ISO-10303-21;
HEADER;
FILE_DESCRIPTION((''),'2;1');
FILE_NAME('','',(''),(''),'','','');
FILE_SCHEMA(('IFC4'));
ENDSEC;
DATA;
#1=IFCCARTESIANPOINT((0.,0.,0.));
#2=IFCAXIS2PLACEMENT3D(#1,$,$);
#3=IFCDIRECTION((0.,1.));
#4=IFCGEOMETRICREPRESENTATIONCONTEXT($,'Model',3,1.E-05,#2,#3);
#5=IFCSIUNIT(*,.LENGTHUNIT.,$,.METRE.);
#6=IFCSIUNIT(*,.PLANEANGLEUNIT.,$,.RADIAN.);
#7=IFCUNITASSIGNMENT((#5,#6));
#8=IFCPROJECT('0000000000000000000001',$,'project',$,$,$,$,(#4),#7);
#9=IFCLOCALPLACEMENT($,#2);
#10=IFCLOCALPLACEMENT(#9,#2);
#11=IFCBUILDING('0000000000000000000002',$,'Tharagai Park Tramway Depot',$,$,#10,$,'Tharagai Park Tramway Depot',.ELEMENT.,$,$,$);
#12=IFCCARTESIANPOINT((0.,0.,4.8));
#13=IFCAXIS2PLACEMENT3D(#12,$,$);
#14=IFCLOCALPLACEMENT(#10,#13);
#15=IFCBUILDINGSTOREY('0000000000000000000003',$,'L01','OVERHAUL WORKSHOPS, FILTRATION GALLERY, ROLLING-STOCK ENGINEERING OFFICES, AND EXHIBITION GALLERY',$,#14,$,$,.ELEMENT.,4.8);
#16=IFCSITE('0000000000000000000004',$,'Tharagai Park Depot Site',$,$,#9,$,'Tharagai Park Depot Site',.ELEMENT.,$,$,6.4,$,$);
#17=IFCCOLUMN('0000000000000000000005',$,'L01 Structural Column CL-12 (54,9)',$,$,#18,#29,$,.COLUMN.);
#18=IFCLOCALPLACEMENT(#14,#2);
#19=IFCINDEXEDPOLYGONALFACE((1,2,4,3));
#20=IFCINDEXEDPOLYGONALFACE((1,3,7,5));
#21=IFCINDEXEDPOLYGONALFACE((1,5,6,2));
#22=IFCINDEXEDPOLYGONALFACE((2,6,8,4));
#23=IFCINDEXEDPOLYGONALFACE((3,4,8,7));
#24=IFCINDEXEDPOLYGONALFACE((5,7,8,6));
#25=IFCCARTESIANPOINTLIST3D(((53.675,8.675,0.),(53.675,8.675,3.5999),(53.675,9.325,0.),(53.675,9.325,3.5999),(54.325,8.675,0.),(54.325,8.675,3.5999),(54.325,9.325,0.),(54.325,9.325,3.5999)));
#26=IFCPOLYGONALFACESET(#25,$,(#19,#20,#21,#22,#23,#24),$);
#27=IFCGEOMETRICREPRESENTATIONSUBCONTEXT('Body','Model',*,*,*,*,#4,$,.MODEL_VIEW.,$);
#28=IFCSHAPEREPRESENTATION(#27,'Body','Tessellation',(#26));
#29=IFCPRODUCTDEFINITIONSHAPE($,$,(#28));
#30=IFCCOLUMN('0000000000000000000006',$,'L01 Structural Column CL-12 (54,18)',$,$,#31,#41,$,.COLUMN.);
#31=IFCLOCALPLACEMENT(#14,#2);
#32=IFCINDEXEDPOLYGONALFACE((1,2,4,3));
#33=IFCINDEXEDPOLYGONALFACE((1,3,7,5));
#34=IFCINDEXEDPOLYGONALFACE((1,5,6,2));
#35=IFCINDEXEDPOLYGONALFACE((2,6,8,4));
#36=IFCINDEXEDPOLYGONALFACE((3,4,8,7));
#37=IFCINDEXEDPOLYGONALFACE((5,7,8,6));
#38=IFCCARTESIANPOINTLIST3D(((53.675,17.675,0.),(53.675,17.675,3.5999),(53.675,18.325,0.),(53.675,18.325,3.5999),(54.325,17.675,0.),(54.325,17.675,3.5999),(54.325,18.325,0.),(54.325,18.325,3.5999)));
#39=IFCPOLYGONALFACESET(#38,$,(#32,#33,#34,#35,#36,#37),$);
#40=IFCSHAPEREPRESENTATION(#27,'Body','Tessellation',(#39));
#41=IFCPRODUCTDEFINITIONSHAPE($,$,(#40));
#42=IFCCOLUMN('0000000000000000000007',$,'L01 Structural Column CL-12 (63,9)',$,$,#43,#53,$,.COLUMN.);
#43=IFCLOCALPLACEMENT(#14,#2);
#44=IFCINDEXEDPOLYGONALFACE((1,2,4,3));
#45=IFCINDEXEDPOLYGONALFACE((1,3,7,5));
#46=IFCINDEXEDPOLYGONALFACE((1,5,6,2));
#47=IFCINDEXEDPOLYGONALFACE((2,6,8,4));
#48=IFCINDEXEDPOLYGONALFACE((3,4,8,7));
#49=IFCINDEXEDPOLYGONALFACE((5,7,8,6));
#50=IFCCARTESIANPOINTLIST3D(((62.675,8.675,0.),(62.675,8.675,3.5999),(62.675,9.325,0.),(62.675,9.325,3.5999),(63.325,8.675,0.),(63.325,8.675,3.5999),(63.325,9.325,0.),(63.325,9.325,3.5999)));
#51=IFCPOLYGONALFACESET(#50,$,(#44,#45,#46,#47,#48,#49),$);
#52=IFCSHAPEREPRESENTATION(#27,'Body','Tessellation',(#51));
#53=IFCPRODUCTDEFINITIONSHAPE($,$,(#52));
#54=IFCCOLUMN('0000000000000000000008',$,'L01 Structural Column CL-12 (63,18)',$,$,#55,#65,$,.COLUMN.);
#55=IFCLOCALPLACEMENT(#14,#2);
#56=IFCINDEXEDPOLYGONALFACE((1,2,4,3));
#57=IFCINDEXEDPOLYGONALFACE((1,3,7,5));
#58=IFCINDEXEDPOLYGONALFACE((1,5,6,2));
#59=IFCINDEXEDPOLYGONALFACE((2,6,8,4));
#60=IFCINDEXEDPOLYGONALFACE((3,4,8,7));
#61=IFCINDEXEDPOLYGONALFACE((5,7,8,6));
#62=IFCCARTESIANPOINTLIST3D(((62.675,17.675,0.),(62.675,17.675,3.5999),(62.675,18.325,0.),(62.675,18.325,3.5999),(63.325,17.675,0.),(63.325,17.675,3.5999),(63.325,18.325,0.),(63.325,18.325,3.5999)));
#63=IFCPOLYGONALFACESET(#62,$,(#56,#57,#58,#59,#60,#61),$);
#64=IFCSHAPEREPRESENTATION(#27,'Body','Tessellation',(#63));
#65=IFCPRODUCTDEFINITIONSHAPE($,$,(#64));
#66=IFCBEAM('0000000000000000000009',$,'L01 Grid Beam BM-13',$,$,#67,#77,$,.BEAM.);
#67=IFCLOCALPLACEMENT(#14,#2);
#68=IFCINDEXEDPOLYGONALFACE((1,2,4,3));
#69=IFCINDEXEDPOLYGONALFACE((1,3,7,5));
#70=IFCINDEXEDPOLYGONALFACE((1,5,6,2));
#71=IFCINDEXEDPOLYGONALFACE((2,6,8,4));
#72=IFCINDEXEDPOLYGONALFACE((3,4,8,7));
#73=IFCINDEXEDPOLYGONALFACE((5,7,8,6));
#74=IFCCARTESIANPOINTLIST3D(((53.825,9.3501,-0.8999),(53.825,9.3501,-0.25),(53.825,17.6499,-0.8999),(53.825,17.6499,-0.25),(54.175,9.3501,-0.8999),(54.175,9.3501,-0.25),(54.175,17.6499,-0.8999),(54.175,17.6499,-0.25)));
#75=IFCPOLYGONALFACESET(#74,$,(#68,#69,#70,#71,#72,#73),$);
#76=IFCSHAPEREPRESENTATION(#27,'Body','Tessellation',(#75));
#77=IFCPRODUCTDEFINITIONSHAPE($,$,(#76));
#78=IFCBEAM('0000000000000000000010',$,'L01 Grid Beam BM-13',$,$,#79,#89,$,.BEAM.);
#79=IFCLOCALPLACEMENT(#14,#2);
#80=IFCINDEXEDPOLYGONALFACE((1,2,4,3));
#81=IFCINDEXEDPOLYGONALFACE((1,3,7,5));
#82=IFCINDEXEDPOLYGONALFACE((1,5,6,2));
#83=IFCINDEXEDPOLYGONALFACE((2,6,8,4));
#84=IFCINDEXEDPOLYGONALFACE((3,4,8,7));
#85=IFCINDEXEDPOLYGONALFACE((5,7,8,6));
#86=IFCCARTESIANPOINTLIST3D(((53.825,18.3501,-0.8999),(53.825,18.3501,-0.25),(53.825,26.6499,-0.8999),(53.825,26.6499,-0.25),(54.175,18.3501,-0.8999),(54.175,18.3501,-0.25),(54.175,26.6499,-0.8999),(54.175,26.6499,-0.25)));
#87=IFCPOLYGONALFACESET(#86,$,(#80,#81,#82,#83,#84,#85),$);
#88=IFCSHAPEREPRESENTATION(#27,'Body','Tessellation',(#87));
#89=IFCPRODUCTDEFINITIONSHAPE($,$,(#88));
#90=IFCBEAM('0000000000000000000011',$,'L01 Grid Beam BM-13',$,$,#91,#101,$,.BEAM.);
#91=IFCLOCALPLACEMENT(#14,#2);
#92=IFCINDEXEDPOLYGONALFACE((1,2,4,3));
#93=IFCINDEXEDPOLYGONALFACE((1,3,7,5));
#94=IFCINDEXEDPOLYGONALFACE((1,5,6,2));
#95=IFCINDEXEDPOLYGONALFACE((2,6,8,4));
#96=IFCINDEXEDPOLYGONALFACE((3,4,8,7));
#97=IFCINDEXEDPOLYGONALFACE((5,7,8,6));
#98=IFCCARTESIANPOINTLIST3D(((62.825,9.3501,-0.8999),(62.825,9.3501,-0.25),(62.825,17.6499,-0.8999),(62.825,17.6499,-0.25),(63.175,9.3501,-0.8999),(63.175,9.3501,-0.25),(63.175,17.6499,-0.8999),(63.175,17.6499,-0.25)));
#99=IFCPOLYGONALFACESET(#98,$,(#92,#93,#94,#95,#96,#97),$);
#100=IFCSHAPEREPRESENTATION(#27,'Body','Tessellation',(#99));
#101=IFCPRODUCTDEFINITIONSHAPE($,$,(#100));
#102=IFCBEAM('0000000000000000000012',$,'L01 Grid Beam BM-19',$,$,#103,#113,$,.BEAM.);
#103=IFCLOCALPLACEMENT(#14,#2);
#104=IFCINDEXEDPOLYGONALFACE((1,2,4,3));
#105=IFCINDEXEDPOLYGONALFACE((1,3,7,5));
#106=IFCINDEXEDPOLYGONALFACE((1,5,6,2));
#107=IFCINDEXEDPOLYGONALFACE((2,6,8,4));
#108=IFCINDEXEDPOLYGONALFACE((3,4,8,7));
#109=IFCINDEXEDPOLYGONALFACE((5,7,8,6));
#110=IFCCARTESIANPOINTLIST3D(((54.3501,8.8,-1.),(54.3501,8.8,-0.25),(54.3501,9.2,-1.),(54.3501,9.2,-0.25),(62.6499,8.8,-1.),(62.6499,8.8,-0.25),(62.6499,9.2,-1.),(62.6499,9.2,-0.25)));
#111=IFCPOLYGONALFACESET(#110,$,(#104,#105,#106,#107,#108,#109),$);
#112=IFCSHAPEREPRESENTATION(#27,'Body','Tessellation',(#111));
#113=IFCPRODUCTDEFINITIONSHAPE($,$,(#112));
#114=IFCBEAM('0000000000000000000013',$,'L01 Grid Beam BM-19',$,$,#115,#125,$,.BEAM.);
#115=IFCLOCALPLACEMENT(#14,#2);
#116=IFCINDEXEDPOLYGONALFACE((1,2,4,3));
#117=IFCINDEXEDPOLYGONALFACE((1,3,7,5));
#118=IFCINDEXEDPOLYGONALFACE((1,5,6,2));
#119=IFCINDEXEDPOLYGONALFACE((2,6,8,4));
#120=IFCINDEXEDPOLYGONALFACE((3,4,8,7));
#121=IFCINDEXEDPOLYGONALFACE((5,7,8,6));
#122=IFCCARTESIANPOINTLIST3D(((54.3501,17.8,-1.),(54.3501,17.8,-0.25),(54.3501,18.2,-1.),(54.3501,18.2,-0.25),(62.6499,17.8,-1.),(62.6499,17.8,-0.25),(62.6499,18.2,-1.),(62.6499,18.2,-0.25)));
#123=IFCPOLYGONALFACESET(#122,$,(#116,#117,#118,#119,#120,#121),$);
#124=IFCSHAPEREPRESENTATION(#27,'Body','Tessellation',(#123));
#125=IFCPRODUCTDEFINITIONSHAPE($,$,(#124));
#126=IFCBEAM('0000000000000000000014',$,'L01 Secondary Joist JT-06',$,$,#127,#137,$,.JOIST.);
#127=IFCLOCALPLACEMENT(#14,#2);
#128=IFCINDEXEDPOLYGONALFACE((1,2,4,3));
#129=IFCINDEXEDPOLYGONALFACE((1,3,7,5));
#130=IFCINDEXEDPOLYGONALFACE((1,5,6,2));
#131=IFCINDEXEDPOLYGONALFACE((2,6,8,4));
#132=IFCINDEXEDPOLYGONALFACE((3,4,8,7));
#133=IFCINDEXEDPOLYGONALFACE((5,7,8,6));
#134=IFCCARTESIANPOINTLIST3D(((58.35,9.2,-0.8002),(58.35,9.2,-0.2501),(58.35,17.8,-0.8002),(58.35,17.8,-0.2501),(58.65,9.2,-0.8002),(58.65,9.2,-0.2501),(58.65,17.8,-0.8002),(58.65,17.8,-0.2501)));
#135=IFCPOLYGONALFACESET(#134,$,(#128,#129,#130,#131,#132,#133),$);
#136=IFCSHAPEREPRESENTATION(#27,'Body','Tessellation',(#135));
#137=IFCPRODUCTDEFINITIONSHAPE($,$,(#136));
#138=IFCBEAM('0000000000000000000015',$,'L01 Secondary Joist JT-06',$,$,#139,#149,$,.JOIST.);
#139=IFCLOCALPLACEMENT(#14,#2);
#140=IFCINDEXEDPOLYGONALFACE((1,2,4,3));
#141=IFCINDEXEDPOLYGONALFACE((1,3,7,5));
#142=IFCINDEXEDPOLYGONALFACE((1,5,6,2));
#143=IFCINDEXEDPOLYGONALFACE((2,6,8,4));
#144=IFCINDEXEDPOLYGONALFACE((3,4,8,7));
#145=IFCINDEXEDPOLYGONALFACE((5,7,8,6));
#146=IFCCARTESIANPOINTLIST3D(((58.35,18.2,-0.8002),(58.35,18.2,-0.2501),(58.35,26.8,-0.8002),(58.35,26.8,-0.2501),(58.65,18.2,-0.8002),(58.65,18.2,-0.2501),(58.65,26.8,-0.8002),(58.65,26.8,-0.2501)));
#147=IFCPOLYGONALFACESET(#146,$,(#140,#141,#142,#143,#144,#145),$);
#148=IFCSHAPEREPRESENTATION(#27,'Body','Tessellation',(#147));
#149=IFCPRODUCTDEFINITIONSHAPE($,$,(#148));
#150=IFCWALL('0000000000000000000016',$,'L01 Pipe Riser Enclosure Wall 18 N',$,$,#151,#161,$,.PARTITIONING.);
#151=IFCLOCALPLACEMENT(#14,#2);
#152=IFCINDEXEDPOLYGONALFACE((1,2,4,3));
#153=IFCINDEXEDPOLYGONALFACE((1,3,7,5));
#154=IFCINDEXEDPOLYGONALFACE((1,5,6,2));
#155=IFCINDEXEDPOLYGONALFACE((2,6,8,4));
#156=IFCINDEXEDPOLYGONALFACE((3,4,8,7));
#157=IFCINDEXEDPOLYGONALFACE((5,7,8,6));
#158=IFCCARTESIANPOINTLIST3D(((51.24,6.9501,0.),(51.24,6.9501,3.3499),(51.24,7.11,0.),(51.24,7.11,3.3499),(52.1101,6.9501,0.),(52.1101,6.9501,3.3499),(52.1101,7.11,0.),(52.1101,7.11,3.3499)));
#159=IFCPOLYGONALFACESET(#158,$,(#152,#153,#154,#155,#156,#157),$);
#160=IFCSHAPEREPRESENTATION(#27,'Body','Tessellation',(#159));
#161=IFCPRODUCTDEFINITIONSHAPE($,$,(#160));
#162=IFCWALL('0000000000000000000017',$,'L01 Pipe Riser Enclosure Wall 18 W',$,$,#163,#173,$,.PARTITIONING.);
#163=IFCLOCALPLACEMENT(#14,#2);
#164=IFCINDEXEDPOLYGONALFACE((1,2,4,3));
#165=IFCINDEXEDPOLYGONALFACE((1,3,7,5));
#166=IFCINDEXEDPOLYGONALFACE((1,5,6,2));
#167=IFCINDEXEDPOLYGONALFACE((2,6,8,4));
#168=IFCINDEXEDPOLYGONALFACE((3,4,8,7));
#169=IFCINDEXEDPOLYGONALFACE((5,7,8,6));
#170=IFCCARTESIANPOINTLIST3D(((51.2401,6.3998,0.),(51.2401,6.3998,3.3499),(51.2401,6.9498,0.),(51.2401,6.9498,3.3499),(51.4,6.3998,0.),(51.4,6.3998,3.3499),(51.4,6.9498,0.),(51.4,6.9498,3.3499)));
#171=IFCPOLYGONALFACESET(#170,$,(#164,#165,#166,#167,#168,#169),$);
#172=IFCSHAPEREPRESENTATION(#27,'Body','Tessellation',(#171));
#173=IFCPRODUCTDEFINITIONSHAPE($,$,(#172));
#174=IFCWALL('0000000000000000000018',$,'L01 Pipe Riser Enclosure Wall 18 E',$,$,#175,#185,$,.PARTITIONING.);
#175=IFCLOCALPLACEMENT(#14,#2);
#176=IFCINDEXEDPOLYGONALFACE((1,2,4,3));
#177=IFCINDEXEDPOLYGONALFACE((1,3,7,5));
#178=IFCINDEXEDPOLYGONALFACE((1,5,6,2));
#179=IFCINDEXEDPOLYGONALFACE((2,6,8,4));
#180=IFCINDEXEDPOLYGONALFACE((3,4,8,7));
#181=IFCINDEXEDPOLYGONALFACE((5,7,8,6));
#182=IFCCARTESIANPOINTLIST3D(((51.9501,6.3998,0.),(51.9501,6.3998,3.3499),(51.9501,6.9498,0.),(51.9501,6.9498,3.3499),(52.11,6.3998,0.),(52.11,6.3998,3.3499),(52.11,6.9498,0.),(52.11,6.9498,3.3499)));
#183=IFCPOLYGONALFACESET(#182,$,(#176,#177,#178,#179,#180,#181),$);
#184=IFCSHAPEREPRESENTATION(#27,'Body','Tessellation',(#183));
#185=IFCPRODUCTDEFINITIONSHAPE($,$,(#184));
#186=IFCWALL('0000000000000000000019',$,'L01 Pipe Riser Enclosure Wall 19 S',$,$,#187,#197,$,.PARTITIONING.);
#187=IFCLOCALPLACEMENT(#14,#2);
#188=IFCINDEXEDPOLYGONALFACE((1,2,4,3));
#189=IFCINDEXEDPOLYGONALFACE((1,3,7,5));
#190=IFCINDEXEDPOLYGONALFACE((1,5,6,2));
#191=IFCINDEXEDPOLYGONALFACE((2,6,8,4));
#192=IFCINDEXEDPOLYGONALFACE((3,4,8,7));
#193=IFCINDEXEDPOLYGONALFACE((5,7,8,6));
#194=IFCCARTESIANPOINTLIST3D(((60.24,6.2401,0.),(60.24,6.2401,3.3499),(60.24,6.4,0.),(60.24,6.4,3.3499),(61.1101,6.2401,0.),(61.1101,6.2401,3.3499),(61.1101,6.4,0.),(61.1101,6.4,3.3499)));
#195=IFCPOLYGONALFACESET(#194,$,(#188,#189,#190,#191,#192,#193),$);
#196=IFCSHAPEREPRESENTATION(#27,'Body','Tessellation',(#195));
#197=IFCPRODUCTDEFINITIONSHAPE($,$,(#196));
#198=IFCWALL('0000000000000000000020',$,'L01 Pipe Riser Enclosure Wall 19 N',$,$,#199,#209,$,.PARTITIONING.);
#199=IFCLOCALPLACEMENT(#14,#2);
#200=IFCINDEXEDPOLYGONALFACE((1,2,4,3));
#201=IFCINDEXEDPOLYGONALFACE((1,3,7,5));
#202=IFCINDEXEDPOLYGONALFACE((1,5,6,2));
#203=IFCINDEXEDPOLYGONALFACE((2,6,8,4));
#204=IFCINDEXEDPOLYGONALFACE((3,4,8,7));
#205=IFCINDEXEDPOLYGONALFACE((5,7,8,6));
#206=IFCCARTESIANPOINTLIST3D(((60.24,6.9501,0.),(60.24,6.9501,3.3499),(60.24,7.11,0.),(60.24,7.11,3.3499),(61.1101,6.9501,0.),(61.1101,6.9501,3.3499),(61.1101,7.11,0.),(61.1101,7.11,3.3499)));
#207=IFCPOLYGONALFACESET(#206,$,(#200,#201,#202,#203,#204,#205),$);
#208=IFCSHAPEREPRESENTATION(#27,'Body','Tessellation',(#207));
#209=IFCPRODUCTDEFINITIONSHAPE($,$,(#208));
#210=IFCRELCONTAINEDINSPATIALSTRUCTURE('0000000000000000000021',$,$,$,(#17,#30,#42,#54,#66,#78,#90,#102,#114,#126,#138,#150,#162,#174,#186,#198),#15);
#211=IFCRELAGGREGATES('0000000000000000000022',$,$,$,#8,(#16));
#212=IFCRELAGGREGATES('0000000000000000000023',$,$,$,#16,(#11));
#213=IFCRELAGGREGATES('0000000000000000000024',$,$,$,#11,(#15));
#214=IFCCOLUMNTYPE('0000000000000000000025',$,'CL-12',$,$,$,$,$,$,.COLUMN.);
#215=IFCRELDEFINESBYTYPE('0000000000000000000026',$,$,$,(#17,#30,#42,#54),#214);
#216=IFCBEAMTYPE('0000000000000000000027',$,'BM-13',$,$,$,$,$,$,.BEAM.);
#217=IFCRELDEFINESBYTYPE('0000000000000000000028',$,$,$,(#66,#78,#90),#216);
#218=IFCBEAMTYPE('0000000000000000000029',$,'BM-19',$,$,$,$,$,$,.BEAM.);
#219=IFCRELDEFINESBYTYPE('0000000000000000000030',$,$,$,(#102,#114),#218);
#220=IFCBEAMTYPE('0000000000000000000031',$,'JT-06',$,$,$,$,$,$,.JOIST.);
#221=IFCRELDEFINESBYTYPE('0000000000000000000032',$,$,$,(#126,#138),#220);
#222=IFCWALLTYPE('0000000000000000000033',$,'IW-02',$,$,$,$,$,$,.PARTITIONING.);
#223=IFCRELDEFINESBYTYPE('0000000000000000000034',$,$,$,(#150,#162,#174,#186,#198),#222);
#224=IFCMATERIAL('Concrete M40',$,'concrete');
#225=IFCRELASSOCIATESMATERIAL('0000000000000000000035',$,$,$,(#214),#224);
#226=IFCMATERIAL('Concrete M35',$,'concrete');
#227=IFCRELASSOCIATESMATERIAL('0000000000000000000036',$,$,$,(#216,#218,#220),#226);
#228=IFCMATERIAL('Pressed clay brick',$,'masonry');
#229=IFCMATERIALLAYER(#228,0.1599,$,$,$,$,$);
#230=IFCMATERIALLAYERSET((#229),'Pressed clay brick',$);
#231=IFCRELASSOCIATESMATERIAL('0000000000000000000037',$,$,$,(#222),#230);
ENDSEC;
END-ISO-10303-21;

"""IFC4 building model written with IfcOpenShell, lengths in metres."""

from ifc_helpers import new_model, si_unit, direction, frame, frame_2d, origin, origin_2d, place, context, subcontext, project, spatial, rectangle, extrude, material, layer, layer_set, material_profile, profile_set, type_object, element, save


model = new_model("IFC4")

# Units and contexts
model_context = context("Model", 3, precision=1e-05, world=origin(), true_north=direction((0.0, 1.0)))
body_context = subcontext(model_context, "Body", "Model", "MODEL_VIEW")
ifc_project = project(units=[si_unit("LENGTHUNIT", "METRE"), si_unit("PLANEANGLEUNIT", "RADIAN")], contexts=[model_context])

# Site, building, storey
site_placement = place(None, origin())
site = spatial("IfcSite", under=ifc_project, at=site_placement, Name="Tharagai Park Depot Site", LongName="Tharagai Park Depot Site", CompositionType="ELEMENT", RefElevation=6.4)
building_placement = place(site_placement, origin())
building = spatial("IfcBuilding", under=site, at=building_placement, Name="Tharagai Park Tramway Depot", LongName="Tharagai Park Tramway Depot", CompositionType="ELEMENT")
storey_placement = place(building_placement, frame((0.0, 0.0, 4.8)))
storey = spatial("IfcBuildingStorey", under=building, at=storey_placement, Name="L01", Description="OVERHAUL WORKSHOPS, FILTRATION GALLERY, ROLLING-STOCK ENGINEERING OFFICES, AND EXHIBITION GALLERY", CompositionType="ELEMENT", Elevation=4.8)

# Columns
ifc_material_1 = material(Name="Concrete M40", Category="concrete")
ifc_material_profile_1 = material_profile(ifc_material_1, rectangle(XDim=0.6499, YDim=0.6499, at=origin_2d()), Name="RC 650x650")
ifc_profile_set_1 = profile_set([ifc_material_profile_1], Name="Concrete M40")
column_type = type_object("IfcColumnType", Name="CL-12", PredefinedType="COLUMN", material=ifc_profile_set_1)
for number, where, z_axis, x_axis, name in (
    (1, (54.0, 9.0, 0.0), (0.0, 0.0, 1.0), (1.0, 0.0, 0.0), "L01 Structural Column CL-12 (54,9)"),
    (2, (54.0, 18.0, 0.0), (0.0, 0.0, 1.0), (1.0, 0.0, 0.0), "L01 Structural Column CL-12 (54,18)"),
    (3, (63.0, 9.0, 0.0), (0.0, 0.0, 1.0), (1.0, 0.0, 0.0), "L01 Structural Column CL-12 (63,9)"),
    (4, (63.0, 18.0, 0.0), (0.0, 0.0, 1.0), (1.0, 0.0, 0.0), "L01 Structural Column CL-12 (63,18)"),
):
    element("IfcColumn", number, at=place(storey_placement, frame(where, z_axis=z_axis, x_axis=x_axis)), inside=storey, type_object=column_type, Name=name, PredefinedType="COLUMN", context=body_context, shape_type="SweptSolid", body=[
        extrude(rectangle(XDim=0.6499, YDim=0.6499, at=origin_2d()), origin(), (0.0, 0.0, 1.0), 3.5999),
    ])

# Beams
ifc_material_2 = material(Name="Concrete M35", Category="concrete")
ifc_material_profile_2 = material_profile(ifc_material_2, rectangle(XDim=0.3501, YDim=0.6499, at=origin_2d()), Name="RC 350x650")
ifc_profile_set_2 = profile_set([ifc_material_profile_2], Name="Concrete M35")
beam_type_1 = type_object("IfcBeamType", Name="BM-13", PredefinedType="BEAM", material=ifc_profile_set_2)
for number, where, z_axis, x_axis, name in (
    (5, (54.0, 9.3501, -0.575), (0.0, 1.0, 0.0), (-1.0, 0.0, 0.0), "L01 Grid Beam BM-13"),
    (6, (54.0, 18.3501, -0.575), (0.0, 1.0, 0.0), (-1.0, 0.0, 0.0), "L01 Grid Beam BM-13"),
    (7, (63.0, 9.3501, -0.575), (0.0, 1.0, 0.0), (-1.0, 0.0, 0.0), "L01 Grid Beam BM-13"),
):
    element("IfcBeam", number, at=place(storey_placement, frame(where, z_axis=z_axis, x_axis=x_axis)), inside=storey, type_object=beam_type_1, Name=name, PredefinedType="BEAM", context=body_context, shape_type="SweptSolid", body=[
        extrude(rectangle(XDim=0.3501, YDim=0.6499, at=origin_2d()), origin(), (0.0, 0.0, 1.0), 8.2998),
    ])
ifc_material_profile_3 = material_profile(ifc_material_2, rectangle(XDim=0.3999, YDim=0.75, at=origin_2d()), Name="RC 400x750")
ifc_profile_set_3 = profile_set([ifc_material_profile_3], Name="Concrete M35")
beam_type_2 = type_object("IfcBeamType", Name="BM-19", PredefinedType="BEAM", material=ifc_profile_set_3)
for number, where, z_axis, x_axis, name in (
    (8, (54.3501, 9.0, -0.625), (1.0, 0.0, 0.0), (0.0, 1.0, 0.0), "L01 Grid Beam BM-19"),
    (9, (54.3501, 18.0, -0.625), (1.0, 0.0, 0.0), (0.0, 1.0, 0.0), "L01 Grid Beam BM-19"),
):
    element("IfcBeam", number, at=place(storey_placement, frame(where, z_axis=z_axis, x_axis=x_axis)), inside=storey, type_object=beam_type_2, Name=name, PredefinedType="BEAM", context=body_context, shape_type="SweptSolid", body=[
        extrude(rectangle(XDim=0.3999, YDim=0.75, at=origin_2d()), origin(), (0.0, 0.0, 1.0), 8.2998),
    ])
ifc_material_profile_4 = material_profile(ifc_material_2, rectangle(XDim=0.3, YDim=0.55, at=origin_2d()), Name="RC 300x550")
ifc_profile_set_4 = profile_set([ifc_material_profile_4], Name="Concrete M35")
beam_type_3 = type_object("IfcBeamType", Name="JT-06", PredefinedType="JOIST", material=ifc_profile_set_4)
for number, where, z_axis, x_axis, name in (
    (10, (58.5, 9.2, -0.5251), (0.0, 1.0, 0.0), (-1.0, 0.0, 0.0), "L01 Secondary Joist JT-06"),
    (11, (58.5, 18.2, -0.5251), (0.0, 1.0, 0.0), (-1.0, 0.0, 0.0), "L01 Secondary Joist JT-06"),
):
    element("IfcBeam", number, at=place(storey_placement, frame(where, z_axis=z_axis, x_axis=x_axis)), inside=storey, type_object=beam_type_3, Name=name, PredefinedType="JOIST", context=body_context, shape_type="SweptSolid", body=[
        extrude(rectangle(XDim=0.3, YDim=0.55, at=origin_2d()), origin(), (0.0, 0.0, 1.0), 8.6001),
    ])

# Walls
ifc_material_3 = material(Name="Pressed clay brick", Category="masonry")
ifc_layer_1 = layer(ifc_material_3, 0.1599)
ifc_layer_set_1 = layer_set([ifc_layer_1], Name="Pressed clay brick")
wall_type_1 = type_object("IfcWallType", Name="IW-02", PredefinedType="PARTITIONING", material=ifc_layer_set_1)
wall_1_placement = place(storey_placement, frame((51.24, 7.03, 0.0), z_axis=(0.0, 0.0, 1.0), x_axis=(1.0, 0.0, 0.0)))
element("IfcWall", 12, at=wall_1_placement, inside=storey, type_object=wall_type_1, Name="L01 Pipe Riser Enclosure Wall 18 N", PredefinedType="PARTITIONING", context=body_context, shape_type="SweptSolid", body=[
    extrude(rectangle(XDim=0.8701, YDim=0.1599, at=frame_2d((0.4351, 0.0))), origin(), (0.0, 0.0, 1.0), 3.3499),
])
for number, where, z_axis, x_axis, name in (
    (13, (51.3201, 6.3999, 0.0), (0.0, 0.0, 1.0), (0.0, 1.0, 0.0), "L01 Pipe Riser Enclosure Wall 18 W"),
    (14, (52.03, 6.3999, 0.0), (0.0, 0.0, 1.0), (0.0, 1.0, 0.0), "L01 Pipe Riser Enclosure Wall 18 E"),
):
    element("IfcWall", number, at=place(storey_placement, frame(where, z_axis=z_axis, x_axis=x_axis)), inside=storey, type_object=wall_type_1, Name=name, PredefinedType="PARTITIONING", context=body_context, shape_type="SweptSolid", body=[
        extrude(rectangle(XDim=0.55, YDim=0.1599, at=frame_2d((0.2749, 0.0))), origin(), (0.0, 0.0, 1.0), 3.3499),
    ])
for number, where, z_axis, x_axis, name in (
    (15, (60.24, 6.3201, 0.0), (0.0, 0.0, 1.0), (1.0, 0.0, 0.0), "L01 Pipe Riser Enclosure Wall 19 S"),
    (16, (60.24, 7.03, 0.0), (0.0, 0.0, 1.0), (1.0, 0.0, 0.0), "L01 Pipe Riser Enclosure Wall 19 N"),
):
    element("IfcWall", number, at=place(storey_placement, frame(where, z_axis=z_axis, x_axis=x_axis)), inside=storey, type_object=wall_type_1, Name=name, PredefinedType="PARTITIONING", context=body_context, shape_type="SweptSolid", body=[
        extrude(rectangle(XDim=0.8701, YDim=0.1599, at=frame_2d((0.4351, 0.0))), origin(), (0.0, 0.0, 1.0), 3.3499),
    ])

save(model, "model.ifc")
